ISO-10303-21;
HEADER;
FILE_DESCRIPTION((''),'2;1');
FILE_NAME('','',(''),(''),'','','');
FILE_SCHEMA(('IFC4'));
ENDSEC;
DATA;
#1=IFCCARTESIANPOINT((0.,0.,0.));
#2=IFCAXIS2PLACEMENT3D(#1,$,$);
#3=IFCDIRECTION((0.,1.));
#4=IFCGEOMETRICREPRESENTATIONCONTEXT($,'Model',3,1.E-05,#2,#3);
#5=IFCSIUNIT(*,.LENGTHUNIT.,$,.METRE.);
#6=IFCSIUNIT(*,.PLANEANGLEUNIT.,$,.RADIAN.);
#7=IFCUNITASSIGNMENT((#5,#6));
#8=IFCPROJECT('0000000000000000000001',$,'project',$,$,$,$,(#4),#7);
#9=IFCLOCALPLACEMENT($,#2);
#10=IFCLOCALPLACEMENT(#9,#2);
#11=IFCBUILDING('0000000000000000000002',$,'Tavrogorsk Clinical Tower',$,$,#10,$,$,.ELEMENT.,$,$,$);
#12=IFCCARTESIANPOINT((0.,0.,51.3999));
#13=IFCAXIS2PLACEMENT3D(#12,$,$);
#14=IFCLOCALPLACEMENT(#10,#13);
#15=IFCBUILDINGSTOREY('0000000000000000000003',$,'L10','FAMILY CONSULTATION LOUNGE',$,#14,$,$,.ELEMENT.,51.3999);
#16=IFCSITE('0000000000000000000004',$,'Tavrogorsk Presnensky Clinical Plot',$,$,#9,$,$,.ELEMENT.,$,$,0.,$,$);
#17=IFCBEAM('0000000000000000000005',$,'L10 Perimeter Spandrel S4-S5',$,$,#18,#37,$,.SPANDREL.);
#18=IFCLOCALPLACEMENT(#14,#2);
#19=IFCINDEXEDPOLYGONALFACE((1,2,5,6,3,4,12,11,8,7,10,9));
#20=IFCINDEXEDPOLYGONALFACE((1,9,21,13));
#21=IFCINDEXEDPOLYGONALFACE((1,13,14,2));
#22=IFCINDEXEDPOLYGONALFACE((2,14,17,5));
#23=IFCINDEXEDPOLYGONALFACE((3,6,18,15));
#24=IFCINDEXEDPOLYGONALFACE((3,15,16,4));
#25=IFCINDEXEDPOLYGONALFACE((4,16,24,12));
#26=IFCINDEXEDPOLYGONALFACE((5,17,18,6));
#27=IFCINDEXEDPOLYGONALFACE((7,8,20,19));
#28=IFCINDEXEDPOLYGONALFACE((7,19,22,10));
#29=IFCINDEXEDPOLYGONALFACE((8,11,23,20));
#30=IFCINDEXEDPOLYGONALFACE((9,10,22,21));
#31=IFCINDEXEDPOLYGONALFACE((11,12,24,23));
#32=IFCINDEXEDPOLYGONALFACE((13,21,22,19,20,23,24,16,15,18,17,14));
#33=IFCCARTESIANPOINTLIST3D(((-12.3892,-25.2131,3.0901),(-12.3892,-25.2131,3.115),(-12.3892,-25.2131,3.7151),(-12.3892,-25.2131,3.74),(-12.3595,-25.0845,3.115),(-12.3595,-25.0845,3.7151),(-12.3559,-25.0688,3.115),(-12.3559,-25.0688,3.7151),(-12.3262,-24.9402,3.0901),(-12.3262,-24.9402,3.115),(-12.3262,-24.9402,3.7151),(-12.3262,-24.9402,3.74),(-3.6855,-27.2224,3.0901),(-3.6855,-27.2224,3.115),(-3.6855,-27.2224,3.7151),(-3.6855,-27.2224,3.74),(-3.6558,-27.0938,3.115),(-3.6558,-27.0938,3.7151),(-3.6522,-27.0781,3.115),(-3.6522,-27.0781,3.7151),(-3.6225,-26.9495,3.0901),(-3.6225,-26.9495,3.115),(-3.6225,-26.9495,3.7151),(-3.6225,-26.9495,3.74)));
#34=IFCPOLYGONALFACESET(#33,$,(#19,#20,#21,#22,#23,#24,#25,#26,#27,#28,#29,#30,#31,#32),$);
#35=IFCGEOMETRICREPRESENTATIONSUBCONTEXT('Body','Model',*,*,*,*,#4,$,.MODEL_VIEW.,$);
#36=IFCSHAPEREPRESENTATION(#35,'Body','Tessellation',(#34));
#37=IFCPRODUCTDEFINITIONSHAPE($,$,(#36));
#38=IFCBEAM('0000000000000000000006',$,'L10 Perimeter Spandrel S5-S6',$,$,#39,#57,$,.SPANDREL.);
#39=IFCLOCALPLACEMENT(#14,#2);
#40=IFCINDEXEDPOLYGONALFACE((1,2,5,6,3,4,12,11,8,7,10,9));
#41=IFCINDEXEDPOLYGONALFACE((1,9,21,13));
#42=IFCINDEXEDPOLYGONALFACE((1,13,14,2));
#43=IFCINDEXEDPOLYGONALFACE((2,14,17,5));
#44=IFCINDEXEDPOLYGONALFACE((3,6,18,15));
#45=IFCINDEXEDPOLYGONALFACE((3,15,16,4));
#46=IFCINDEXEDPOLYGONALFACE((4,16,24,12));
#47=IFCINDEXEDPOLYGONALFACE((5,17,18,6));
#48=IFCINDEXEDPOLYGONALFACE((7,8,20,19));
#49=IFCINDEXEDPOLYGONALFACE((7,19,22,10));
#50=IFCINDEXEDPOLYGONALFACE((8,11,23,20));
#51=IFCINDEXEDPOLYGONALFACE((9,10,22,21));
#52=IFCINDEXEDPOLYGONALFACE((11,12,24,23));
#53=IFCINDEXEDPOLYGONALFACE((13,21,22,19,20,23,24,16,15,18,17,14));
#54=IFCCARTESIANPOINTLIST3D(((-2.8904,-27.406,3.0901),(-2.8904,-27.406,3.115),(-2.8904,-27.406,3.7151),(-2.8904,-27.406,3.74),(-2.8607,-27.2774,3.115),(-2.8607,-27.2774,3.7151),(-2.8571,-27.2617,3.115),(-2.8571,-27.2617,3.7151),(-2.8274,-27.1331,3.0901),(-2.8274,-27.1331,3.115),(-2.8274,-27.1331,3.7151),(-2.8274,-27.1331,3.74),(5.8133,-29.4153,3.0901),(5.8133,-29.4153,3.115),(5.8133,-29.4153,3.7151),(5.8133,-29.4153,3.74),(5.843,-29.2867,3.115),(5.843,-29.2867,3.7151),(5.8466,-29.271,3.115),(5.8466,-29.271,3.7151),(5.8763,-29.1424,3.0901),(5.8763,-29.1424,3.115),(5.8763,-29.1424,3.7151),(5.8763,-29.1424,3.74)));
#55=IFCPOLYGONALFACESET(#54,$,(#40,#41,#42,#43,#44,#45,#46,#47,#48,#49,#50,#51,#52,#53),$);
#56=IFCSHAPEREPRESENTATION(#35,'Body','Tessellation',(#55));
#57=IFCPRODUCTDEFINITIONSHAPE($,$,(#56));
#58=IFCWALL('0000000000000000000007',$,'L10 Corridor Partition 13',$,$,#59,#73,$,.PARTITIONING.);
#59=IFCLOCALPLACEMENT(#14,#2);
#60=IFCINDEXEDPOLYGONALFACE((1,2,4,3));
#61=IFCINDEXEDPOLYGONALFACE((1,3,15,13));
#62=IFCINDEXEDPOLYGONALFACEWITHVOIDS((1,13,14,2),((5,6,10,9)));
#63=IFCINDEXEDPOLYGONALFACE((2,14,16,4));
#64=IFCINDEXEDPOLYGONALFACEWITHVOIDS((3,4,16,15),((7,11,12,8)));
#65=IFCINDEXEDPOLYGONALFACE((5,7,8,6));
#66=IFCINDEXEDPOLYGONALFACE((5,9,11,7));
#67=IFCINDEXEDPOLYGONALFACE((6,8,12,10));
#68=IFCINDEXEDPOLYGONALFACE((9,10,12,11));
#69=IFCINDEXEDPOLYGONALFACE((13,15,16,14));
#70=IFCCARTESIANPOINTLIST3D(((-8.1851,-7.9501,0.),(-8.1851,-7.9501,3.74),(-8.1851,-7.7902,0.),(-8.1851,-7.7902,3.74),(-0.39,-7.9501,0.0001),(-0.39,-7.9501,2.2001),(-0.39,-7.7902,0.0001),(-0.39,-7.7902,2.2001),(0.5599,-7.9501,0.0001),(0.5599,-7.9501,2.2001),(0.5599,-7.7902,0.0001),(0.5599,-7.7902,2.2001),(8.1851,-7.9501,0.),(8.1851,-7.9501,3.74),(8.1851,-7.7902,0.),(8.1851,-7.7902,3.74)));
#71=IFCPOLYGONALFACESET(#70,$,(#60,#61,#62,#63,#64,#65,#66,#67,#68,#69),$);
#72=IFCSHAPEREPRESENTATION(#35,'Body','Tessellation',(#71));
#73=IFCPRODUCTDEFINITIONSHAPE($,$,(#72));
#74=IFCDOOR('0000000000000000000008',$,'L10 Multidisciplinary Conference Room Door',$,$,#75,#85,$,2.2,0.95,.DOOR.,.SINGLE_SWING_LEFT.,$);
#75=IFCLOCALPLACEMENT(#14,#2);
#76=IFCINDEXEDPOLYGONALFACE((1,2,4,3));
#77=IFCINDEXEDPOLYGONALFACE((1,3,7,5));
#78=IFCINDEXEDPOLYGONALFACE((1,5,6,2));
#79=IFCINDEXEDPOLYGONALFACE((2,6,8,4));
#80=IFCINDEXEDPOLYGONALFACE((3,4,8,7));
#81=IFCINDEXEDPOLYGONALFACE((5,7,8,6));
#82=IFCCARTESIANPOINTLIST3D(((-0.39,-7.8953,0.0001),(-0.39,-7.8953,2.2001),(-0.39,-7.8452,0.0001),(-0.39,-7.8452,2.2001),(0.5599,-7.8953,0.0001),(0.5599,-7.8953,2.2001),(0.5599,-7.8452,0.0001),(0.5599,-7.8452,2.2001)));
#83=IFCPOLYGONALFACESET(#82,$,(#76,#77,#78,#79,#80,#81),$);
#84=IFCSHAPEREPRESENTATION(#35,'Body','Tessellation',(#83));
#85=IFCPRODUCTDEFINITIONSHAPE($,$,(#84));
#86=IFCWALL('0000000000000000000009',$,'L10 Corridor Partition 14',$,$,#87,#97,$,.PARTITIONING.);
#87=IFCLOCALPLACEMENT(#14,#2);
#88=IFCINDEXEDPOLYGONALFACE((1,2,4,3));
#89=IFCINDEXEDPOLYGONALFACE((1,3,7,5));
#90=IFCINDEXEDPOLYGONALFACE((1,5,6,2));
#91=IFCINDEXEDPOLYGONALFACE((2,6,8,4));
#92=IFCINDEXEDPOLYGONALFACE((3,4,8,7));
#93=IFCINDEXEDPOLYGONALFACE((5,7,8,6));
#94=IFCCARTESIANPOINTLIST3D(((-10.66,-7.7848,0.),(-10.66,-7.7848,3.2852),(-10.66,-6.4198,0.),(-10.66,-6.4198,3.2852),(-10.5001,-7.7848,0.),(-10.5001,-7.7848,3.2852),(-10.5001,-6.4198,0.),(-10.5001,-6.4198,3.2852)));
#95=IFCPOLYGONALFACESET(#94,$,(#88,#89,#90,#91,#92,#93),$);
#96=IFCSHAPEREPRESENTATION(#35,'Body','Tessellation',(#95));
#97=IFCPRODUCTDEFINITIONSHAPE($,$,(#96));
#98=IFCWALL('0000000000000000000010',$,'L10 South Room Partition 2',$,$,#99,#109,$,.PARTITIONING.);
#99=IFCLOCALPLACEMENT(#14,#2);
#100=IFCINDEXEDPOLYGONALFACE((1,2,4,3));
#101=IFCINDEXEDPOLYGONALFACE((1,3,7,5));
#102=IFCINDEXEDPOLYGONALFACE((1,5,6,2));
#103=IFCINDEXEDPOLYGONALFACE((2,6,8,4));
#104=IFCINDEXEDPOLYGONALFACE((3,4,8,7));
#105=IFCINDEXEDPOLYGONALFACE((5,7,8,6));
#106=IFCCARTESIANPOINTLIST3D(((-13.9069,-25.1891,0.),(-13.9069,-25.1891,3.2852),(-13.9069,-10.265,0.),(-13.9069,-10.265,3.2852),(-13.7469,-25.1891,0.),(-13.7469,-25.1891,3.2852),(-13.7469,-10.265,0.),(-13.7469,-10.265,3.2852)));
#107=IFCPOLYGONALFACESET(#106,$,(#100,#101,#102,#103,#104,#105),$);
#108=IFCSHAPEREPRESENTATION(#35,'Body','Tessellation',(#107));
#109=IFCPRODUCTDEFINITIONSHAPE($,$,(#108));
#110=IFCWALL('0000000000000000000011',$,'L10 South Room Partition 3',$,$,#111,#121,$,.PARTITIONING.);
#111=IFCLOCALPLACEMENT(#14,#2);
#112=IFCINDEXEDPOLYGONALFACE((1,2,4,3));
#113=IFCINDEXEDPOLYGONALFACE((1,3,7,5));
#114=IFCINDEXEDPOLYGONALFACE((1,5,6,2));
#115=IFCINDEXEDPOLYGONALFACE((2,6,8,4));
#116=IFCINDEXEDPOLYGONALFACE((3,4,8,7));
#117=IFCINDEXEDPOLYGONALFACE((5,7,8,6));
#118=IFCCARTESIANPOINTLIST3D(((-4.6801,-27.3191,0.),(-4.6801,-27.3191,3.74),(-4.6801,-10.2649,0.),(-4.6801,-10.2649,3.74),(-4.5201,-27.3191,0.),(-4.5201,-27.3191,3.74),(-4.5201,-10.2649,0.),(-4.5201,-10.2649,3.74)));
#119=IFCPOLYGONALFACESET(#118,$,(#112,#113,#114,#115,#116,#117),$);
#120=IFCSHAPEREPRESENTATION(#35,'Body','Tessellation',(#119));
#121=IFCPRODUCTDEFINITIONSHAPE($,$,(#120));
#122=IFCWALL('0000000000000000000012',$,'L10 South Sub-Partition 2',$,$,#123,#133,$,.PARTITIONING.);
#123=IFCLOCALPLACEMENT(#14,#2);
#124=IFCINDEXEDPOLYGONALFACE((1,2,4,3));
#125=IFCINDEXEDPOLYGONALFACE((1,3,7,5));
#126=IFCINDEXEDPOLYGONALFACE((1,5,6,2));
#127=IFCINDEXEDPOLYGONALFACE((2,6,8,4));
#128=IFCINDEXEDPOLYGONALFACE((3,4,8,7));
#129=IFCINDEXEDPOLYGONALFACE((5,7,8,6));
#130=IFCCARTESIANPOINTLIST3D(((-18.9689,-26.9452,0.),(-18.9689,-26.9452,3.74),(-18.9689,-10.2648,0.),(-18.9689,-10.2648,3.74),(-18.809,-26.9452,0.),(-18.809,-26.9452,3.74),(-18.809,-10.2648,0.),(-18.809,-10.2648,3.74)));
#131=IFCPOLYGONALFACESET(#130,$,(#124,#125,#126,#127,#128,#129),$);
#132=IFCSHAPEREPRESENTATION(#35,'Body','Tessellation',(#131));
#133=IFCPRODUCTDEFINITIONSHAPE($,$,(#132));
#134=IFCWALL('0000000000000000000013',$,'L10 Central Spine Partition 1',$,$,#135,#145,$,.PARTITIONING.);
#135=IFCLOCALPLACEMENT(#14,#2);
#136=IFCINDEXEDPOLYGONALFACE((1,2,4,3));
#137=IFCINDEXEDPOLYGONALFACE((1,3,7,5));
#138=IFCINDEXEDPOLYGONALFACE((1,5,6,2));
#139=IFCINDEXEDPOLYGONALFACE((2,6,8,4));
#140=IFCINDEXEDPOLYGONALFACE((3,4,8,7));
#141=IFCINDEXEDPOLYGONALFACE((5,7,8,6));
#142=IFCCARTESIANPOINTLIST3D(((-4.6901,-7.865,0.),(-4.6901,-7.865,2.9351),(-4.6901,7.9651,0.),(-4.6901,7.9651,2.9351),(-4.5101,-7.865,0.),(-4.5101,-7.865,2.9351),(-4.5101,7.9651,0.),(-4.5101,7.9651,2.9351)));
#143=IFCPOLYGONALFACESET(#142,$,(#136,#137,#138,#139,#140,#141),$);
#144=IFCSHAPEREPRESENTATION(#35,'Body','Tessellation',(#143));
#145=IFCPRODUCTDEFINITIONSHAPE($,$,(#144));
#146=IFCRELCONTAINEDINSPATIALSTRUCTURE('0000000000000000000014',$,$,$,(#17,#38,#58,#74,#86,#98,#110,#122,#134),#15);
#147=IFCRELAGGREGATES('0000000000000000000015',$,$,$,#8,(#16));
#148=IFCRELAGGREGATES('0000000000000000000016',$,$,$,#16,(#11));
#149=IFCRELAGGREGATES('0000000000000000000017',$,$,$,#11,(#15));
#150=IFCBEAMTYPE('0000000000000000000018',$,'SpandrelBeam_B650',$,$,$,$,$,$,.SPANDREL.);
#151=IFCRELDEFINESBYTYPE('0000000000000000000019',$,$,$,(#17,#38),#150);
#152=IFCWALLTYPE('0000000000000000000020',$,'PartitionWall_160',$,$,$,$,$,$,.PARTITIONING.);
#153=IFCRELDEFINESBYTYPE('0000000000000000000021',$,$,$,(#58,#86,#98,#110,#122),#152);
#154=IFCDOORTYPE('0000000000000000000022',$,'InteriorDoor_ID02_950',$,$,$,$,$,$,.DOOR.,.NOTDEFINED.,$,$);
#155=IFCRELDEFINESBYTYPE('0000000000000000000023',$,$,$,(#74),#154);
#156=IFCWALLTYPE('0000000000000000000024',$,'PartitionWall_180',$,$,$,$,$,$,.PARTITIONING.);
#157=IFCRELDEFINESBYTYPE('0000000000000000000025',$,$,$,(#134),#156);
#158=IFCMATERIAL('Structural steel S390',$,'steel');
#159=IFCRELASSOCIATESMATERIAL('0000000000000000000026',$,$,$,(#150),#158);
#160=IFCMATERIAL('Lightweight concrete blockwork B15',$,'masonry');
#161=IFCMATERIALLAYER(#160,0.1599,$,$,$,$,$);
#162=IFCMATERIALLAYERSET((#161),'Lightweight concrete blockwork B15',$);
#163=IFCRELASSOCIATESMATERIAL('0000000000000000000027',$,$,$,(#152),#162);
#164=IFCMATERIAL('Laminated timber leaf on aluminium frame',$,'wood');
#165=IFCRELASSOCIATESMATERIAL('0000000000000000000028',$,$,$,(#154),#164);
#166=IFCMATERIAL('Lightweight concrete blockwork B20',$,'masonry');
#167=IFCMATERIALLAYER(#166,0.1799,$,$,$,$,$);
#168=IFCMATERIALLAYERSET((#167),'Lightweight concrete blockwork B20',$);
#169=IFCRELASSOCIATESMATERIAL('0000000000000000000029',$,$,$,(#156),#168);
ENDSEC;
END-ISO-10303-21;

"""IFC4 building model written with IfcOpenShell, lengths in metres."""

from ifc_helpers import new_model, si_unit, direction, frame, frame_2d, origin, origin_2d, place, context, subcontext, project, spatial, rectangle, i_section, extrude, material, layer, layer_set, material_profile, profile_set, type_object, element, fill, save


model = new_model("IFC4")

# Units and contexts
model_context = context("Model", 3, precision=1e-05, world=origin(), true_north=direction((0.0, 1.0)))
body_context = subcontext(model_context, "Body", "Model", "MODEL_VIEW")
ifc_project = project(units=[si_unit("LENGTHUNIT", "METRE"), si_unit("PLANEANGLEUNIT", "RADIAN")], contexts=[model_context])

# Site, building, storey
site_placement = place(None, origin())
site = spatial("IfcSite", under=ifc_project, at=site_placement, Name="Tavrogorsk Presnensky Clinical Plot", CompositionType="ELEMENT", RefElevation=0.0)
building_placement = place(site_placement, origin())
building = spatial("IfcBuilding", under=site, at=building_placement, Name="Tavrogorsk Clinical Tower", CompositionType="ELEMENT")
storey_placement = place(building_placement, frame((0.0, 0.0, 51.3999)))
storey = spatial("IfcBuildingStorey", under=building, at=storey_placement, Name="L10", Description="FAMILY CONSULTATION LOUNGE", CompositionType="ELEMENT", Elevation=51.3999)

# Beams
ifc_material_1 = material(Name="Structural steel S390", Category="steel")
ifc_material_profile_1 = material_profile(ifc_material_1, i_section(OverallWidth=0.28, OverallDepth=0.6499, WebThickness=0.0161, FlangeThickness=0.0249, at=origin_2d()), Name="B-650x280x16x25")
ifc_profile_set_1 = profile_set([ifc_material_profile_1], Name="Structural steel S390")
beam_type_1 = type_object("IfcBeamType", Name="SpandrelBeam_B650", PredefinedType="SPANDREL", material=ifc_profile_set_1)
for number, where, z_axis, x_axis, name in (
    (1, (-12.3577, -25.0767, 3.415), (0.974373, -0.224939, 0.0), (0.224939, 0.974373, 0.0), "L10 Perimeter Spandrel S4-S5"),
    (2, (-2.8589, -27.2695, 3.415), (0.974373, -0.224939, 0.0), (0.224939, 0.974373, 0.0), "L10 Perimeter Spandrel S5-S6"),
):
    element("IfcBeam", number, at=place(storey_placement, frame(where, z_axis=z_axis, x_axis=x_axis)), inside=storey, type_object=beam_type_1, Name=name, PredefinedType="SPANDREL", context=body_context, shape_type="SweptSolid", body=[
        extrude(i_section(OverallWidth=0.28, OverallDepth=0.6499, WebThickness=0.0161, FlangeThickness=0.0249, at=origin_2d()), origin(), (0.0, 0.0, 1.0), 8.9326),
    ])

# Wall, opening, door
ifc_material_2 = material(Name="Lightweight concrete blockwork B15", Category="masonry")
ifc_layer_1 = layer(ifc_material_2, 0.1599)
ifc_layer_set_1 = layer_set([ifc_layer_1], Name="Lightweight concrete blockwork B15")
wall_type_1 = type_object("IfcWallType", Name="PartitionWall_160", PredefinedType="PARTITIONING", material=ifc_layer_set_1)
wall_1_placement = place(storey_placement, frame((-8.1851, -7.8701, 0.0), z_axis=(0.0, 0.0, 1.0), x_axis=(1.0, 0.0, 0.0)))
wall_1 = element("IfcWall", 3, at=wall_1_placement, inside=storey, type_object=wall_type_1, Name="L10 Corridor Partition 13", PredefinedType="PARTITIONING", context=body_context, shape_type="SweptSolid", body=[
    extrude(rectangle(XDim=16.3701, YDim=0.1599, at=frame_2d((8.1851, 0.0))), origin(), (0.0, 0.0, 1.0), 3.74),
])
opening_1_placement = place(wall_1_placement, frame((7.7949, 0.0, 0.0)))
opening_1 = element("IfcOpeningElement", 4, at=opening_1_placement, cuts=wall_1, PredefinedType="OPENING", context=body_context, shape_type="SweptSolid", body=[
    extrude(rectangle(XDim=0.95, YDim=2.2, at=frame_2d((0.4751, 1.1001))), frame((0.0, 0.0898, 0.0), z_axis=(0.0, -1.0, 0.0), x_axis=(1.0, 0.0, 0.0)), (0.0, 0.0, 1.0), 0.1799),
])
ifc_material_3 = material(Name="Laminated timber leaf on aluminium frame", Category="wood")
door_type = type_object("IfcDoorType", Name="InteriorDoor_ID02_950", OperationType="NOTDEFINED", PredefinedType="DOOR", material=ifc_material_3)
door_placement = place(opening_1_placement, origin())
door = element("IfcDoor", 5, at=door_placement, inside=storey, type_object=door_type, Name="L10 Multidisciplinary Conference Room Door", OperationType="SINGLE_SWING_LEFT", OverallHeight=2.2, OverallWidth=0.95, PredefinedType="DOOR", context=body_context, shape_type="SweptSolid", body=[
    extrude(rectangle(XDim=0.95, YDim=2.2, at=frame_2d((0.4751, 1.1001))), frame((0.0, 0.0249, 0.0), z_axis=(0.0, -1.0, 0.0), x_axis=(1.0, 0.0, 0.0)), (0.0, 0.0, 1.0), 0.05),
])
fill(opening_1, door)

# Walls
wall_2_placement = place(storey_placement, frame((-10.5801, -7.7849, 0.0), z_axis=(0.0, 0.0, 1.0), x_axis=(0.0, 1.0, 0.0)))
element("IfcWall", 6, at=wall_2_placement, inside=storey, type_object=wall_type_1, Name="L10 Corridor Partition 14", PredefinedType="PARTITIONING", context=body_context, shape_type="SweptSolid", body=[
    extrude(rectangle(XDim=1.365, YDim=0.1599, at=frame_2d((0.6826, 0.0))), origin(), (0.0, 0.0, 1.0), 3.2852),
])
wall_3_placement = place(storey_placement, frame((-13.8269, -25.189, 0.0), z_axis=(0.0, 0.0, 1.0), x_axis=(0.0, 1.0, 0.0)))
element("IfcWall", 7, at=wall_3_placement, inside=storey, type_object=wall_type_1, Name="L10 South Room Partition 2", PredefinedType="PARTITIONING", context=body_context, shape_type="SweptSolid", body=[
    extrude(rectangle(XDim=14.9241, YDim=0.1599, at=frame_2d((7.4619, 0.0))), origin(), (0.0, 0.0, 1.0), 3.2852),
])
wall_4_placement = place(storey_placement, frame((-4.6001, -27.3191, 0.0), z_axis=(0.0, 0.0, 1.0), x_axis=(0.0, 1.0, 0.0)))
element("IfcWall", 8, at=wall_4_placement, inside=storey, type_object=wall_type_1, Name="L10 South Room Partition 3", PredefinedType="PARTITIONING", context=body_context, shape_type="SweptSolid", body=[
    extrude(rectangle(XDim=17.0542, YDim=0.1599, at=frame_2d((8.5271, 0.0))), origin(), (0.0, 0.0, 1.0), 3.74),
])
wall_5_placement = place(storey_placement, frame((-18.8889, -26.9453, 0.0), z_axis=(0.0, 0.0, 1.0), x_axis=(0.0, 1.0, 0.0)))
element("IfcWall", 9, at=wall_5_placement, inside=storey, type_object=wall_type_1, Name="L10 South Sub-Partition 2", PredefinedType="PARTITIONING", context=body_context, shape_type="SweptSolid", body=[
    extrude(rectangle(XDim=16.6804, YDim=0.1599, at=frame_2d((8.3403, 0.0))), origin(), (0.0, 0.0, 1.0), 3.74),
])
ifc_material_4 = material(Name="Lightweight concrete blockwork B20", Category="masonry")
ifc_layer_2 = layer(ifc_material_4, 0.1799)
ifc_layer_set_2 = layer_set([ifc_layer_2], Name="Lightweight concrete blockwork B20")
wall_type_2 = type_object("IfcWallType", Name="PartitionWall_180", PredefinedType="PARTITIONING", material=ifc_layer_set_2)
wall_6_placement = place(storey_placement, frame((-4.6001, -7.865, 0.0), z_axis=(0.0, 0.0, 1.0), x_axis=(0.0, 1.0, 0.0)))
element("IfcWall", 10, at=wall_6_placement, inside=storey, type_object=wall_type_2, Name="L10 Central Spine Partition 1", PredefinedType="PARTITIONING", context=body_context, shape_type="SweptSolid", body=[
    extrude(rectangle(XDim=15.8301, YDim=0.1799, at=frame_2d((7.915, 0.0))), origin(), (0.0, 0.0, 1.0), 2.9351),
])

save(model, "model.ifc")
